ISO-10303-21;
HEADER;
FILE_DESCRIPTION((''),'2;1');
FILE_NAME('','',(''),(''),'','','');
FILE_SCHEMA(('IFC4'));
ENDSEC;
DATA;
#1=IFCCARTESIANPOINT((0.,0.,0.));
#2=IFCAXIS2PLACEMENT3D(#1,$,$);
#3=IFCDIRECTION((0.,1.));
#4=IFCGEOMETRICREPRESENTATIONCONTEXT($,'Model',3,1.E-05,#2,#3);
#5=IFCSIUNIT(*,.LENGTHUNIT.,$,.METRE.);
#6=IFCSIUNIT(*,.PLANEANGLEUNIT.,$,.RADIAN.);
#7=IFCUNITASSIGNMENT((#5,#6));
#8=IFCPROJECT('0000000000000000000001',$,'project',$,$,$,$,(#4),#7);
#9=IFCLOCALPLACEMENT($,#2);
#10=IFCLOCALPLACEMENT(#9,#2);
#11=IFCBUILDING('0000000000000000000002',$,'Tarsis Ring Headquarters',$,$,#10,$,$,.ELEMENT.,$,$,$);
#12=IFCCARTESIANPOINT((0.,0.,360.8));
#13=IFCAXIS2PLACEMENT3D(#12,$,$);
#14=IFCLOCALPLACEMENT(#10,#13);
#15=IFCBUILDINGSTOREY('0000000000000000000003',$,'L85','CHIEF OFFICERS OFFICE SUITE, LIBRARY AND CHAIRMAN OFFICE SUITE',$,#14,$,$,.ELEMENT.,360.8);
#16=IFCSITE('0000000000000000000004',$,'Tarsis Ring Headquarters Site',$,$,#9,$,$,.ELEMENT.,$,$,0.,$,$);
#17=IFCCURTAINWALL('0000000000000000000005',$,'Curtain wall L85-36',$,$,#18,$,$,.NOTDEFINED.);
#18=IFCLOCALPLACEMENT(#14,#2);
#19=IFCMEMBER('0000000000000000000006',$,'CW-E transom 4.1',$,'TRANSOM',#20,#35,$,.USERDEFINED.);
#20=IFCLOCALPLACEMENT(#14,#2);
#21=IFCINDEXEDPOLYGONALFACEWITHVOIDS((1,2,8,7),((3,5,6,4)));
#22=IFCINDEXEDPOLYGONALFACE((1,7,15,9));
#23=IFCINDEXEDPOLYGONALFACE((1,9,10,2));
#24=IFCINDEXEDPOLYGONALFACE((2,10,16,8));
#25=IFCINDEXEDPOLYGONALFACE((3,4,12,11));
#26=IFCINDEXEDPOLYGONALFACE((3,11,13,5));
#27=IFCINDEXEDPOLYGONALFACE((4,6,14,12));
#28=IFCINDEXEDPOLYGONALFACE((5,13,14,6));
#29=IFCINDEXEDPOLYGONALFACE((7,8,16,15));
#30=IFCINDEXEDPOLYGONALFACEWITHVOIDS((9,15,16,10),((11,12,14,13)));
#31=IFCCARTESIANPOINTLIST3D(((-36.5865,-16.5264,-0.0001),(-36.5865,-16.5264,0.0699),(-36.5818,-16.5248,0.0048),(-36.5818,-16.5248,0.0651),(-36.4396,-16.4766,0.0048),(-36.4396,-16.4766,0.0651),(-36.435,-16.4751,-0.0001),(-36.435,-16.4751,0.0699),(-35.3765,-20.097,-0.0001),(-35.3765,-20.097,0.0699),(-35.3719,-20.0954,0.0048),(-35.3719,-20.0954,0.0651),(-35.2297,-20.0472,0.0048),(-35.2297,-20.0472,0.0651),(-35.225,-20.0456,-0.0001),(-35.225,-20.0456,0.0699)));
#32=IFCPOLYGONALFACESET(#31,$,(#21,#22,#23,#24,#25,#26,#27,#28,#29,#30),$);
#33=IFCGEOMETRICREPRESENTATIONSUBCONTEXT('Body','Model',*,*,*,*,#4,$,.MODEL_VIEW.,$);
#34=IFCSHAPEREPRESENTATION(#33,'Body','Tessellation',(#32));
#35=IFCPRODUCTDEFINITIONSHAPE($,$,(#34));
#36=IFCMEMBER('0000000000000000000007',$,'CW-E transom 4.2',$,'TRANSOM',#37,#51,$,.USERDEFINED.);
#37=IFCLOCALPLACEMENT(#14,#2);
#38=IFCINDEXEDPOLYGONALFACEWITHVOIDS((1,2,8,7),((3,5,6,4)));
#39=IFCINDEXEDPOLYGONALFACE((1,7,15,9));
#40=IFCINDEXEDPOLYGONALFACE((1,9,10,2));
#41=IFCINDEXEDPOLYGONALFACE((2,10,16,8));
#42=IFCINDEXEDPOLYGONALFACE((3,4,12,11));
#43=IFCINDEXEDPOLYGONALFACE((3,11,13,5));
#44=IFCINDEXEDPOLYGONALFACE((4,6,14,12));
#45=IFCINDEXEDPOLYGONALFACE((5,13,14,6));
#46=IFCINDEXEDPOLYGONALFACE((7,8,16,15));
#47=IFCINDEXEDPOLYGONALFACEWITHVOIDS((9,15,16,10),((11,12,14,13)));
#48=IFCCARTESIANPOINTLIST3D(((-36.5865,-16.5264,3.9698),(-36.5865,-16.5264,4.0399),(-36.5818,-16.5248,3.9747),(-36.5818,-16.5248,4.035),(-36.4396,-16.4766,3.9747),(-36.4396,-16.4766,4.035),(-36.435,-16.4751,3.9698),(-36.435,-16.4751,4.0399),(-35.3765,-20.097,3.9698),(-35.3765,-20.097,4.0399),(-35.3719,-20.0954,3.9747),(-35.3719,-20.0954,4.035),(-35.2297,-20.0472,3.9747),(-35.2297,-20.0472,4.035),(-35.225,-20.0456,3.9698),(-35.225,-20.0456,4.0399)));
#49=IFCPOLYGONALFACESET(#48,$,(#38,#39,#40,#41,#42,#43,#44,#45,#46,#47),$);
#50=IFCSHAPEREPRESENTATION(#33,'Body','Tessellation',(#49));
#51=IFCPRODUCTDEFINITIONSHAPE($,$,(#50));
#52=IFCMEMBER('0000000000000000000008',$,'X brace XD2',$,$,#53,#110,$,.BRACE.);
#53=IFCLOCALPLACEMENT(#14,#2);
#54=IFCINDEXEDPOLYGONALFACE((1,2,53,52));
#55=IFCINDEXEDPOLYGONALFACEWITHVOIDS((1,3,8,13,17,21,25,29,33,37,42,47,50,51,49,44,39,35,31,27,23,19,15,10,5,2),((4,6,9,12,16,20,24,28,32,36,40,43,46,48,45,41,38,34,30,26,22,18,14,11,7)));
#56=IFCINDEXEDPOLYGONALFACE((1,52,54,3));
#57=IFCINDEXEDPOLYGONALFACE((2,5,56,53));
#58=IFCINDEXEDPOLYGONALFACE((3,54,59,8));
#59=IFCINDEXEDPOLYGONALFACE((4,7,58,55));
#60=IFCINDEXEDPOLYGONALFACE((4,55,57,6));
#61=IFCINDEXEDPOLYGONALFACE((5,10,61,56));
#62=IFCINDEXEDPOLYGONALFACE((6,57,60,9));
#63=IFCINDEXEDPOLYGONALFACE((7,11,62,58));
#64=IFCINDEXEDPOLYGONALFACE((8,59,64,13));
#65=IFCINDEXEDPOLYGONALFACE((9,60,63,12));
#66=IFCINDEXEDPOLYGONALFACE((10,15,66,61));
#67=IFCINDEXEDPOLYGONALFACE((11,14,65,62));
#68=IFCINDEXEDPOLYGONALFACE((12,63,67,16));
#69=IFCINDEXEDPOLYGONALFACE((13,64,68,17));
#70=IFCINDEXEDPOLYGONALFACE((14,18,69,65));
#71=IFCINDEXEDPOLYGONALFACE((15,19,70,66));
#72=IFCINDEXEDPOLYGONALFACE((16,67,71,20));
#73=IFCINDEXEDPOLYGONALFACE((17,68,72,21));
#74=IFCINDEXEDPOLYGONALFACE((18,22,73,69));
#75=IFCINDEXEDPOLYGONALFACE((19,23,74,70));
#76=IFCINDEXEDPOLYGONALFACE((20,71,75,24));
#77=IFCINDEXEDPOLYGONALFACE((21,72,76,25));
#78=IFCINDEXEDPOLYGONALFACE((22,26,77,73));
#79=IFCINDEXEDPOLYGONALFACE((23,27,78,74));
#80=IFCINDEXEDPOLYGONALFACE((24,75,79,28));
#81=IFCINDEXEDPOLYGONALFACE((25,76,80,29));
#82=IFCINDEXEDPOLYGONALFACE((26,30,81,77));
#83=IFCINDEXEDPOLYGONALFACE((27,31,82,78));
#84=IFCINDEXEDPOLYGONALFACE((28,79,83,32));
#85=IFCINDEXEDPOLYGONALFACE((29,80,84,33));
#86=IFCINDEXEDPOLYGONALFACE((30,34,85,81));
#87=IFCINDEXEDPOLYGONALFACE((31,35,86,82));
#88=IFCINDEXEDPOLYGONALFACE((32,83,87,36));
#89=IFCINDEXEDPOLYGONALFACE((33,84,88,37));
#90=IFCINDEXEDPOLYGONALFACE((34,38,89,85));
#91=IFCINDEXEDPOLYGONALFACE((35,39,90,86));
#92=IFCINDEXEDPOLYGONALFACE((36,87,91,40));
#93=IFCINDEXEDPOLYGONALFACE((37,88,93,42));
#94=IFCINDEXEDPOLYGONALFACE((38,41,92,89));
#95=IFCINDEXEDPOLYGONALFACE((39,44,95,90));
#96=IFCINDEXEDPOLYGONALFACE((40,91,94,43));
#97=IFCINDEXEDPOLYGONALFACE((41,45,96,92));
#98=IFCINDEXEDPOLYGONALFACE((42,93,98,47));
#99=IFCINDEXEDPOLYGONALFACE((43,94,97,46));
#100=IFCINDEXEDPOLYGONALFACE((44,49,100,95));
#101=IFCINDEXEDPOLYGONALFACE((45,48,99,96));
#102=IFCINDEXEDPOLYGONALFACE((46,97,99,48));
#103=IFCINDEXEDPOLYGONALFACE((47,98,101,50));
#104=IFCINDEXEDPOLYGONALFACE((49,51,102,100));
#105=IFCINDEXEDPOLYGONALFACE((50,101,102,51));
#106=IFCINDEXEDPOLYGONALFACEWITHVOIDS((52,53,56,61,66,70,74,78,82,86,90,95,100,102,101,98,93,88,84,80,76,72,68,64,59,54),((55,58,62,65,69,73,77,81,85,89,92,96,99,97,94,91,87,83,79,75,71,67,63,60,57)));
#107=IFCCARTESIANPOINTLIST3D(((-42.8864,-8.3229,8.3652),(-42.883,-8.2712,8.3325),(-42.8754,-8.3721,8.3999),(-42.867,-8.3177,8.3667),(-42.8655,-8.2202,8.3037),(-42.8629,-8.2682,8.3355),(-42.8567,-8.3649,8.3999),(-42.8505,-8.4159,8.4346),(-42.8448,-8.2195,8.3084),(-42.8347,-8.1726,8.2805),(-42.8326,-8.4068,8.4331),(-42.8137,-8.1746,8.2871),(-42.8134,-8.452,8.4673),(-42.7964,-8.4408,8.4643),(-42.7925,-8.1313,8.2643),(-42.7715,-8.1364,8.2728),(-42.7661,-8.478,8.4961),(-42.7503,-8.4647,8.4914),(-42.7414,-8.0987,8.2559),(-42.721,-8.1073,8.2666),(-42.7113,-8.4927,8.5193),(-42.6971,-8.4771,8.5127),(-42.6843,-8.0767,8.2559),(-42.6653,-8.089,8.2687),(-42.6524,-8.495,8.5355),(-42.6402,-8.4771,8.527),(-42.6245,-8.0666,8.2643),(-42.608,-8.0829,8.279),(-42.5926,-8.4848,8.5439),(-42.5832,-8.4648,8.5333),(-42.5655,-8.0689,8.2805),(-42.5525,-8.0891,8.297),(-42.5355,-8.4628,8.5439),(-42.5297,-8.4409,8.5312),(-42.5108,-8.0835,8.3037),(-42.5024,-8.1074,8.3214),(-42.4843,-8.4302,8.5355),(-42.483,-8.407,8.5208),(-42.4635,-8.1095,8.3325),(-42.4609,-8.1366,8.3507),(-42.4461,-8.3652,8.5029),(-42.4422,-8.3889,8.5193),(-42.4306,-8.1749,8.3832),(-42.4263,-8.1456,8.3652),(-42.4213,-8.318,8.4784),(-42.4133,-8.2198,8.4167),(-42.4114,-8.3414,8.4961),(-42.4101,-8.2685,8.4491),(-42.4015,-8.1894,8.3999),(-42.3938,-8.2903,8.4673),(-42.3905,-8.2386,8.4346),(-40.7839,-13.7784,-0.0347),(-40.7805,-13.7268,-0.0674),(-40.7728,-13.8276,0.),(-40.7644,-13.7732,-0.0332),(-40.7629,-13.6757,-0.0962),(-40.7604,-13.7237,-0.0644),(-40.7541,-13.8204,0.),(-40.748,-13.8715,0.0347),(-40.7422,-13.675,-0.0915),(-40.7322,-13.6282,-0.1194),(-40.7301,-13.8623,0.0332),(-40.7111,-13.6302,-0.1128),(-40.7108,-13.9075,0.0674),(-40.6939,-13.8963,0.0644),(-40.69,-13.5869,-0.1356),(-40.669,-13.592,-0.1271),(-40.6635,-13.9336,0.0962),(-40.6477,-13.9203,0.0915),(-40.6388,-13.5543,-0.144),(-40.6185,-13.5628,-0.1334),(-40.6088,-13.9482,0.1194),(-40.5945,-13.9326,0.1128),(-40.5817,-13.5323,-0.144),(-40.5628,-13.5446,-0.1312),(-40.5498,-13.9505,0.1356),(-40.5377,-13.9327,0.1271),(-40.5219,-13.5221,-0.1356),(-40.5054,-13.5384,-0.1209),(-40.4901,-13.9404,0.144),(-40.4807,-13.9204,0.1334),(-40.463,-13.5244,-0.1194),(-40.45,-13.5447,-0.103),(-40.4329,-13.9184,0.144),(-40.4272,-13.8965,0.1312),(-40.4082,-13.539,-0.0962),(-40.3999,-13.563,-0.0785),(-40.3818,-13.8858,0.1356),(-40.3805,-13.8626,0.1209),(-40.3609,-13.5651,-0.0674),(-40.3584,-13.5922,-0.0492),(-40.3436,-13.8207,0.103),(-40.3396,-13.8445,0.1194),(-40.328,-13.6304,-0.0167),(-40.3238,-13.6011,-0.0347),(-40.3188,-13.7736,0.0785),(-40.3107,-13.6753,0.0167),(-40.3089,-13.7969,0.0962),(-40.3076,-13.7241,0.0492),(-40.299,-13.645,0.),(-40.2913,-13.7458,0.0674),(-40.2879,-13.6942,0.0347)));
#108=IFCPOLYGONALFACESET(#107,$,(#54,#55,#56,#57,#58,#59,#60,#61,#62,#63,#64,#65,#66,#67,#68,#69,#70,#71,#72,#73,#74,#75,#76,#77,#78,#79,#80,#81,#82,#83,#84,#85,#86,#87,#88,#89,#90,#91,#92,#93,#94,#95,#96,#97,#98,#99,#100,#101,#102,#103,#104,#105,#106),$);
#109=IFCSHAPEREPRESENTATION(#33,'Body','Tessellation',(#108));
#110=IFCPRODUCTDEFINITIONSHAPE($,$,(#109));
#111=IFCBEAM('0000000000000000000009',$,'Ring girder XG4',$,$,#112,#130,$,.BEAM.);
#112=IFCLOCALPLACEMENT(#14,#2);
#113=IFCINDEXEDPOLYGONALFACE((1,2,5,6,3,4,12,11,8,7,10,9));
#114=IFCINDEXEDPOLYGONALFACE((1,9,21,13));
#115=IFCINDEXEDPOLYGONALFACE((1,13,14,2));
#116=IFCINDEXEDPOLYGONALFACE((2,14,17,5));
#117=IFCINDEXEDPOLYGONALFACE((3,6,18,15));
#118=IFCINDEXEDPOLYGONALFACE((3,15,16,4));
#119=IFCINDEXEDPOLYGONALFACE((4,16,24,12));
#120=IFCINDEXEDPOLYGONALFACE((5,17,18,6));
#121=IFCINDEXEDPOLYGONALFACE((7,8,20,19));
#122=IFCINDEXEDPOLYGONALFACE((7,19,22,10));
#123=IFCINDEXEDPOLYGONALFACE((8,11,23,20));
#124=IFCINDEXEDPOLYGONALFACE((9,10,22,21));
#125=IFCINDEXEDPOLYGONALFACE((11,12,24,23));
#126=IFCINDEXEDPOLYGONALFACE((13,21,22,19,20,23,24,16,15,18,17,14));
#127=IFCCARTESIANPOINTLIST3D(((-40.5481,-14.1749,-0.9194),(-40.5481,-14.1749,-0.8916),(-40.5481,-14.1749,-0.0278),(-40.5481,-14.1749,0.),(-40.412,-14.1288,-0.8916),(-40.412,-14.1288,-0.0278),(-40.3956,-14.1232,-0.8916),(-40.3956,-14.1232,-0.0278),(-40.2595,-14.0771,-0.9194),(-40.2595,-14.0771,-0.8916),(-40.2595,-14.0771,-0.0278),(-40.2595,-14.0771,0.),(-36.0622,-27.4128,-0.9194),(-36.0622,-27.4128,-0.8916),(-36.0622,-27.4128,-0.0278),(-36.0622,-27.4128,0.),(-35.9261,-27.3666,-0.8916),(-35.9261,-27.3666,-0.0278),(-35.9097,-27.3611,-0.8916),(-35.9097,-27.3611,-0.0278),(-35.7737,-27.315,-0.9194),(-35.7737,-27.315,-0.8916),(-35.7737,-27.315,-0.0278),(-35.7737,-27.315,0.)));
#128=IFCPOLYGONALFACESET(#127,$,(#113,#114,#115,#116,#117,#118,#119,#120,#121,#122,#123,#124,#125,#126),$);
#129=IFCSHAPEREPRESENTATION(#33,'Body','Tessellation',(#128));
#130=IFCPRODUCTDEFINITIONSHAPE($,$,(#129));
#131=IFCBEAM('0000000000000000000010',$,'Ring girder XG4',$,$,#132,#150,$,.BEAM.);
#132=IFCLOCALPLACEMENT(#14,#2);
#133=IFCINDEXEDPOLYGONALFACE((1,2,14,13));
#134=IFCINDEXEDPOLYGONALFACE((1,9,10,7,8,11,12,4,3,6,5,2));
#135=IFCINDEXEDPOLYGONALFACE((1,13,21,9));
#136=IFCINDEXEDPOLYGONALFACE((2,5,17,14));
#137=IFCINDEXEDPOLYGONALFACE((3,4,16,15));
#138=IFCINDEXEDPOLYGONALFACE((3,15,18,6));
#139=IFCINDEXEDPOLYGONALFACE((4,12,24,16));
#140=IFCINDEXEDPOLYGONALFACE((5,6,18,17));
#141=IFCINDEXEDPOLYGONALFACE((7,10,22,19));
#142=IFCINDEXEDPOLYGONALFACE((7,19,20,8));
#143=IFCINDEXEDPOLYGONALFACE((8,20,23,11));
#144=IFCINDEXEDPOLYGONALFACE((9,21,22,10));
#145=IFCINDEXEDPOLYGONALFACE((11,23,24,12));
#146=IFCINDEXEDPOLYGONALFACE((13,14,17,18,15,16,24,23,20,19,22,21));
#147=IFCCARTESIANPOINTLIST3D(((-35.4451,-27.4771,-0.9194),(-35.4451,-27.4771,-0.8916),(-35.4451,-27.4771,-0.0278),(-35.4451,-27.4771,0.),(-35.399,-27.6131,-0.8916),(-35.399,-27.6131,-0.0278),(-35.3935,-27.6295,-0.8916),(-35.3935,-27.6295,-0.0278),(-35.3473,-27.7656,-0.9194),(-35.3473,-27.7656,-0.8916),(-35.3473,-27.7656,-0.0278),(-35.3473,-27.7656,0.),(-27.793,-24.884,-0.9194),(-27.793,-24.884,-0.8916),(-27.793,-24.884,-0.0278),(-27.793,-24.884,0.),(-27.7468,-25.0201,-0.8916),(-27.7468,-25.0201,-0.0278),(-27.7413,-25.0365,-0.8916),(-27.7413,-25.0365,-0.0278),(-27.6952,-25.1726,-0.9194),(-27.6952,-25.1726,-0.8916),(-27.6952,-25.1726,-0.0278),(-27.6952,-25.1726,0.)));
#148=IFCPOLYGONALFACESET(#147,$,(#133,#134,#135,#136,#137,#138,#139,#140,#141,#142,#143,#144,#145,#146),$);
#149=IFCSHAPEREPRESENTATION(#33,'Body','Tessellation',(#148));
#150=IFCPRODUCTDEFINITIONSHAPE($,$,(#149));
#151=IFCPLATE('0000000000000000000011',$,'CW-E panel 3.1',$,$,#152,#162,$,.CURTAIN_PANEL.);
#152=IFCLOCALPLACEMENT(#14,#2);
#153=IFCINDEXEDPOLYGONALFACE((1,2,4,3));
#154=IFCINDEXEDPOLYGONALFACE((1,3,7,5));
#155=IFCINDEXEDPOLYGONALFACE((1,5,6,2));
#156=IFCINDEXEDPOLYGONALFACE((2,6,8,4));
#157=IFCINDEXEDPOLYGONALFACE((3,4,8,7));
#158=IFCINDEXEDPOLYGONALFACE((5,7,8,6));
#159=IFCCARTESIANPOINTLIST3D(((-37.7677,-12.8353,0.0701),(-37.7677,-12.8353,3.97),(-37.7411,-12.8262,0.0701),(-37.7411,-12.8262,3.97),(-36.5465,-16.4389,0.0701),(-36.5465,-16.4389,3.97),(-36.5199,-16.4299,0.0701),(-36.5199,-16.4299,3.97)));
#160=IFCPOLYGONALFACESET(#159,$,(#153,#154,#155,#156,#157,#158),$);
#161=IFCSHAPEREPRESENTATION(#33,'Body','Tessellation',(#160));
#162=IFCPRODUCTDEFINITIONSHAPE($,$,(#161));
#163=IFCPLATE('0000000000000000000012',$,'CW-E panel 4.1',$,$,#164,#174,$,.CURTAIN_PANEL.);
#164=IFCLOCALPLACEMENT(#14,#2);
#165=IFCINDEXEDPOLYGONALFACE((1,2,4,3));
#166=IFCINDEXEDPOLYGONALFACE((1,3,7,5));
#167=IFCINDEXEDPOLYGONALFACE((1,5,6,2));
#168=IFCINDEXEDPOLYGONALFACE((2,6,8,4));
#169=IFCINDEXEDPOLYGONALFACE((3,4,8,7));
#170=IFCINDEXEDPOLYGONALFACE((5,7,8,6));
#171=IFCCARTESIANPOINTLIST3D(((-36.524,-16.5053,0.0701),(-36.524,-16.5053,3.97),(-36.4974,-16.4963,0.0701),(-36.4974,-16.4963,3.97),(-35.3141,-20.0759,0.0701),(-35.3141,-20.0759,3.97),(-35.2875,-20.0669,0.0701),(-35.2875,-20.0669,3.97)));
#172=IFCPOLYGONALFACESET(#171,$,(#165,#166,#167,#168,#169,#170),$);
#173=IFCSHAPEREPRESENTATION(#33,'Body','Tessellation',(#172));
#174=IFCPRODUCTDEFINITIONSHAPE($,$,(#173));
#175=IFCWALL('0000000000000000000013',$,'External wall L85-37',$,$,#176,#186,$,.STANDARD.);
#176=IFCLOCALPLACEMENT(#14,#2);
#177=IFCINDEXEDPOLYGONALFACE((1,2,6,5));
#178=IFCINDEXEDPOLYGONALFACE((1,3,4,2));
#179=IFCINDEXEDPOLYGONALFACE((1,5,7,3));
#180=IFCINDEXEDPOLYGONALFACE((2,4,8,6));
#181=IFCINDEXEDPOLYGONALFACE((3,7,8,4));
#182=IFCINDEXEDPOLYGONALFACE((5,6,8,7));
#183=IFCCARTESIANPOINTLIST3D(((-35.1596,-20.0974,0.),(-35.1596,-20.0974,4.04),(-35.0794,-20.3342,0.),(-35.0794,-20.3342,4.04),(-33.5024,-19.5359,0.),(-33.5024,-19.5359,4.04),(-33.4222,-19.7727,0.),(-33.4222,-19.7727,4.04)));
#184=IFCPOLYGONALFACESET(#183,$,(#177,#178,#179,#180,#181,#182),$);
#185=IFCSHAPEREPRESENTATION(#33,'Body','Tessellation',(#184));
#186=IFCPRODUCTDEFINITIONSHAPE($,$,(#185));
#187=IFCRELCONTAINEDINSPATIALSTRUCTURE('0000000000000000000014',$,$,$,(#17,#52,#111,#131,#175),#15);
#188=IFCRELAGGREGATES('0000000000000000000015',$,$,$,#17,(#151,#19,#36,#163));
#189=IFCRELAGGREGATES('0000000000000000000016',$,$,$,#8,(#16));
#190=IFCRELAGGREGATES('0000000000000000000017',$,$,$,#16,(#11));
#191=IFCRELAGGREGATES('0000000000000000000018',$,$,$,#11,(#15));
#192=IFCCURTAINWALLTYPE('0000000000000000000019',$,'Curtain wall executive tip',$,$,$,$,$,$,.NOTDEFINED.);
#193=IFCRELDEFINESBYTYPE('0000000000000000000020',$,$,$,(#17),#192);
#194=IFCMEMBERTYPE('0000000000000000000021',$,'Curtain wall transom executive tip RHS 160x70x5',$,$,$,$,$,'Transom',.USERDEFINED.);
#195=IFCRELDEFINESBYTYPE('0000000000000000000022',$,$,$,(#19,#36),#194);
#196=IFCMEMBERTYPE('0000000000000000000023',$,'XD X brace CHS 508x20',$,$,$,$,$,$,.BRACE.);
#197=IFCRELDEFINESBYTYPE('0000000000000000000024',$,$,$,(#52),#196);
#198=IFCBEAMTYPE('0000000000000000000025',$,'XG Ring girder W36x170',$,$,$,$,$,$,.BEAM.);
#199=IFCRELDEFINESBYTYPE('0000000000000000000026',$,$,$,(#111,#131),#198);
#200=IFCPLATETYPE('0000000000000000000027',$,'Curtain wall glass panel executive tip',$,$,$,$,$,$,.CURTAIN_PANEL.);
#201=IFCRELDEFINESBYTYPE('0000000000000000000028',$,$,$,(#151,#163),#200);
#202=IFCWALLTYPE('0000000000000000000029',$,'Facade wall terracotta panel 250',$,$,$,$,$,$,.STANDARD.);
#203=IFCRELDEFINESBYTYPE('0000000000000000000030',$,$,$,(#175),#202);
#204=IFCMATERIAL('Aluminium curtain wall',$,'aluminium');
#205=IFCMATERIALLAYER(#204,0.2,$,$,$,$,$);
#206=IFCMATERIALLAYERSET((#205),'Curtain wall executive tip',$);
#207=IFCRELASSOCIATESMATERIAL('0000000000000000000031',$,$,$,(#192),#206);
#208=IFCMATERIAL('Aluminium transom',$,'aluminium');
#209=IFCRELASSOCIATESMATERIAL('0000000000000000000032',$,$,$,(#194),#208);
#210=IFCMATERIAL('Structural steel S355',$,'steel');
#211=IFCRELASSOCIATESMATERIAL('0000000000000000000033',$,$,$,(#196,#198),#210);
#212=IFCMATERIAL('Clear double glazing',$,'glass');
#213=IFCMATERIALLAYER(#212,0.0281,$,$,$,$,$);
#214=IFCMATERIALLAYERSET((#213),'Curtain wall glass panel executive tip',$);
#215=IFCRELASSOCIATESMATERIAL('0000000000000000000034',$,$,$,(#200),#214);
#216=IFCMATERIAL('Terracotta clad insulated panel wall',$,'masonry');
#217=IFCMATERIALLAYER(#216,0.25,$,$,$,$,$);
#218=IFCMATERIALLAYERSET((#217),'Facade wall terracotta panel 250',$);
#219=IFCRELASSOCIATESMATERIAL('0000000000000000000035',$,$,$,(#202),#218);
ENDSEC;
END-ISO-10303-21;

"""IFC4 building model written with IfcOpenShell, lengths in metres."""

from ifc_helpers import new_model, si_unit, direction, frame, frame_2d, origin, origin_2d, place, context, subcontext, project, spatial, rectangle, hollow_rectangle, hollow_circle, i_section, extrude, material, layer, layer_set, material_profile, profile_set, type_object, element, aggregate, save


model = new_model("IFC4")

# Units and contexts
model_context = context("Model", 3, precision=1e-05, world=origin(), true_north=direction((0.0, 1.0)))
body_context = subcontext(model_context, "Body", "Model", "MODEL_VIEW")
ifc_project = project(units=[si_unit("LENGTHUNIT", "METRE"), si_unit("PLANEANGLEUNIT", "RADIAN")], contexts=[model_context])

# Site, building, storey
site_placement = place(None, origin())
site = spatial("IfcSite", under=ifc_project, at=site_placement, Name="Tarsis Ring Headquarters Site", CompositionType="ELEMENT", RefElevation=0.0)
building_placement = place(site_placement, origin())
building = spatial("IfcBuilding", under=site, at=building_placement, Name="Tarsis Ring Headquarters", CompositionType="ELEMENT")
storey_placement = place(building_placement, frame((0.0, 0.0, 360.8)))
storey = spatial("IfcBuildingStorey", under=building, at=storey_placement, Name="L85", Description="CHIEF OFFICERS OFFICE SUITE, LIBRARY AND CHAIRMAN OFFICE SUITE", CompositionType="ELEMENT", Elevation=360.8)

# Shared definitions
ifc_material_1 = material(Name="Structural steel S355", Category="steel")

# Curtain wall, members
ifc_material_2 = material(Name="Aluminium curtain wall", Category="aluminium")
ifc_layer_1 = layer(ifc_material_2, 0.2)
ifc_layer_set_1 = layer_set([ifc_layer_1], Name="Curtain wall executive tip")
curtain_wall_type = type_object("IfcCurtainWallType", Name="Curtain wall executive tip", PredefinedType="NOTDEFINED", material=ifc_layer_set_1)
curtain_wall_placement = place(storey_placement, origin())
curtain_wall = element("IfcCurtainWall", 1, at=curtain_wall_placement, inside=storey, type_object=curtain_wall_type, Name="Curtain wall L85-36", PredefinedType="NOTDEFINED")
ifc_material_3 = material(Name="Aluminium transom", Category="aluminium")
ifc_material_profile_1 = material_profile(ifc_material_3, hollow_rectangle(XDim=0.1599, YDim=0.0701, WallThickness=0.0049, at=origin_2d()), Name="RHS 160x70x5")
ifc_profile_set_1 = profile_set([ifc_material_profile_1], Name="Aluminium transom")
member_type_1 = type_object("IfcMemberType", Name="Curtain wall transom executive tip RHS 160x70x5", ElementType="Transom", PredefinedType="USERDEFINED", material=ifc_profile_set_1)
member_1_placement = place(storey_placement, frame((-36.5107, -16.5007, 0.0349), z_axis=(0.320945, -0.947098, 0.0), x_axis=(0.947098, 0.320945, 0.0)))
member_1 = element("IfcMember", 2, at=member_1_placement, type_object=member_type_1, Name="CW-E transom 4.1", ObjectType="TRANSOM", PredefinedType="USERDEFINED", context=body_context, shape_type="SweptSolid", body=[
    extrude(hollow_rectangle(XDim=0.1599, YDim=0.0701, WallThickness=0.0049, at=origin_2d()), origin(), (0.0, 0.0, 1.0), 3.77),
])
member_2_placement = place(storey_placement, frame((-36.5107, -16.5007, 4.0049), z_axis=(0.320945, -0.947098, 0.0), x_axis=(0.947098, 0.320945, 0.0)))
member_2 = element("IfcMember", 3, at=member_2_placement, type_object=member_type_1, Name="CW-E transom 4.2", ObjectType="TRANSOM", PredefinedType="USERDEFINED", context=body_context, shape_type="SweptSolid", body=[
    extrude(hollow_rectangle(XDim=0.1599, YDim=0.0701, WallThickness=0.0049, at=origin_2d()), origin(), (0.0, 0.0, 1.0), 3.77),
])

# Member
ifc_material_profile_2 = material_profile(ifc_material_1, hollow_circle(Radius=0.2539, WallThickness=0.02, at=origin_2d()), Name="CHS 508x20")
ifc_profile_set_2 = profile_set([ifc_material_profile_2], Name="Structural steel S355")
member_type_2 = type_object("IfcMemberType", Name="XD X brace CHS 508x20", PredefinedType="BRACE", material=ifc_profile_set_2)
member_3_placement = place(storey_placement, frame((-40.5359, -13.7363, 0.0), z_axis=(-0.205439, 0.533063, 0.820755), x_axis=(-0.933102, -0.359611, 0.0)))
element("IfcMember", 4, at=member_3_placement, inside=storey, type_object=member_type_2, Name="X brace XD2", PredefinedType="BRACE", context=body_context, shape_type="SweptSolid", body=[
    extrude(hollow_circle(Radius=0.2539, WallThickness=0.02, at=origin_2d()), origin(), (0.0, 0.0, 1.0), 10.2344),
])

# Beams
ifc_material_profile_3 = material_profile(ifc_material_1, i_section(OverallWidth=0.3047, OverallDepth=0.9194, WebThickness=0.0173, FlangeThickness=0.0278, at=origin_2d()), Name="W36x170")
ifc_profile_set_3 = profile_set([ifc_material_profile_3], Name="Structural steel S355")
beam_type = type_object("IfcBeamType", Name="XG Ring girder W36x170", PredefinedType="BEAM", material=ifc_profile_set_3)
beam_1_placement = place(storey_placement, frame((-40.4038, -14.126, -0.4597), z_axis=(0.32094, -0.9471, 0.0), x_axis=(0.9471, 0.32094, 0.0)))
element("IfcBeam", 5, at=beam_1_placement, inside=storey, type_object=beam_type, Name="Ring girder XG4", PredefinedType="BEAM", context=body_context, shape_type="SweptSolid", body=[
    extrude(i_section(OverallWidth=0.3047, OverallDepth=0.9194, WebThickness=0.0173, FlangeThickness=0.0278, at=origin_2d()), origin(), (0.0, 0.0, 1.0), 13.9773),
])
beam_2_placement = place(storey_placement, frame((-35.3962, -27.6213, -0.4597), z_axis=(0.9471, 0.320938, 0.0), x_axis=(-0.320938, 0.9471, 0.0)))
element("IfcBeam", 6, at=beam_2_placement, inside=storey, type_object=beam_type, Name="Ring girder XG4", PredefinedType="BEAM", context=body_context, shape_type="SweptSolid", body=[
    extrude(i_section(OverallWidth=0.3047, OverallDepth=0.9194, WebThickness=0.0173, FlangeThickness=0.0278, at=origin_2d()), origin(), (0.0, 0.0, 1.0), 8.0796),
])

# Plates
ifc_material_4 = material(Name="Clear double glazing", Category="glass")
ifc_layer_2 = layer(ifc_material_4, 0.0281)
ifc_layer_set_2 = layer_set([ifc_layer_2], Name="Curtain wall glass panel executive tip")
plate_type = type_object("IfcPlateType", Name="Curtain wall glass panel executive tip", PredefinedType="CURTAIN_PANEL", material=ifc_layer_set_2)
plate_1_placement = place(storey_placement, frame((-37.1438, -14.6326, 0.0701), z_axis=(0.0, 0.0, 1.0), x_axis=(0.320944, -0.947098, 0.0)))
plate_1 = element("IfcPlate", 7, at=plate_1_placement, type_object=plate_type, Name="CW-E panel 3.1", PredefinedType="CURTAIN_PANEL", context=body_context, shape_type="SweptSolid", body=[
    extrude(rectangle(XDim=3.8049, YDim=0.0281, at=origin_2d()), origin(), (0.0, 0.0, 1.0), 3.8999),
])
plate_2_placement = place(storey_placement, frame((-35.9058, -18.2861, 0.0701), z_axis=(0.0, 0.0, 1.0), x_axis=(0.320944, -0.947098, 0.0)))
plate_2 = element("IfcPlate", 8, at=plate_2_placement, type_object=plate_type, Name="CW-E panel 4.1", PredefinedType="CURTAIN_PANEL", context=body_context, shape_type="SweptSolid", body=[
    extrude(rectangle(XDim=3.77, YDim=0.0281, at=origin_2d()), origin(), (0.0, 0.0, 1.0), 3.8999),
])
aggregate(curtain_wall, [plate_1, member_1, member_2, plate_2])

# Wall
ifc_material_5 = material(Name="Terracotta clad insulated panel wall", Category="masonry")
ifc_layer_3 = layer(ifc_material_5, 0.25)
ifc_layer_set_3 = layer_set([ifc_layer_3], Name="Facade wall terracotta panel 250")
wall_type = type_object("IfcWallType", Name="Facade wall terracotta panel 250", PredefinedType="STANDARD", material=ifc_layer_set_3)
wall_placement = place(storey_placement, frame((-35.1196, -20.2158, 0.0), z_axis=(0.0, 0.0, 1.0), x_axis=(0.947109, 0.320912, 0.0)))
element("IfcWall", 9, at=wall_placement, inside=storey, type_object=wall_type, Name="External wall L85-37", PredefinedType="STANDARD", context=body_context, shape_type="SweptSolid", body=[
    extrude(rectangle(XDim=1.7498, YDim=0.25, at=frame_2d((0.875, 0.0))), origin(), (0.0, 0.0, 1.0), 4.04),
])

save(model, "model.ifc")
